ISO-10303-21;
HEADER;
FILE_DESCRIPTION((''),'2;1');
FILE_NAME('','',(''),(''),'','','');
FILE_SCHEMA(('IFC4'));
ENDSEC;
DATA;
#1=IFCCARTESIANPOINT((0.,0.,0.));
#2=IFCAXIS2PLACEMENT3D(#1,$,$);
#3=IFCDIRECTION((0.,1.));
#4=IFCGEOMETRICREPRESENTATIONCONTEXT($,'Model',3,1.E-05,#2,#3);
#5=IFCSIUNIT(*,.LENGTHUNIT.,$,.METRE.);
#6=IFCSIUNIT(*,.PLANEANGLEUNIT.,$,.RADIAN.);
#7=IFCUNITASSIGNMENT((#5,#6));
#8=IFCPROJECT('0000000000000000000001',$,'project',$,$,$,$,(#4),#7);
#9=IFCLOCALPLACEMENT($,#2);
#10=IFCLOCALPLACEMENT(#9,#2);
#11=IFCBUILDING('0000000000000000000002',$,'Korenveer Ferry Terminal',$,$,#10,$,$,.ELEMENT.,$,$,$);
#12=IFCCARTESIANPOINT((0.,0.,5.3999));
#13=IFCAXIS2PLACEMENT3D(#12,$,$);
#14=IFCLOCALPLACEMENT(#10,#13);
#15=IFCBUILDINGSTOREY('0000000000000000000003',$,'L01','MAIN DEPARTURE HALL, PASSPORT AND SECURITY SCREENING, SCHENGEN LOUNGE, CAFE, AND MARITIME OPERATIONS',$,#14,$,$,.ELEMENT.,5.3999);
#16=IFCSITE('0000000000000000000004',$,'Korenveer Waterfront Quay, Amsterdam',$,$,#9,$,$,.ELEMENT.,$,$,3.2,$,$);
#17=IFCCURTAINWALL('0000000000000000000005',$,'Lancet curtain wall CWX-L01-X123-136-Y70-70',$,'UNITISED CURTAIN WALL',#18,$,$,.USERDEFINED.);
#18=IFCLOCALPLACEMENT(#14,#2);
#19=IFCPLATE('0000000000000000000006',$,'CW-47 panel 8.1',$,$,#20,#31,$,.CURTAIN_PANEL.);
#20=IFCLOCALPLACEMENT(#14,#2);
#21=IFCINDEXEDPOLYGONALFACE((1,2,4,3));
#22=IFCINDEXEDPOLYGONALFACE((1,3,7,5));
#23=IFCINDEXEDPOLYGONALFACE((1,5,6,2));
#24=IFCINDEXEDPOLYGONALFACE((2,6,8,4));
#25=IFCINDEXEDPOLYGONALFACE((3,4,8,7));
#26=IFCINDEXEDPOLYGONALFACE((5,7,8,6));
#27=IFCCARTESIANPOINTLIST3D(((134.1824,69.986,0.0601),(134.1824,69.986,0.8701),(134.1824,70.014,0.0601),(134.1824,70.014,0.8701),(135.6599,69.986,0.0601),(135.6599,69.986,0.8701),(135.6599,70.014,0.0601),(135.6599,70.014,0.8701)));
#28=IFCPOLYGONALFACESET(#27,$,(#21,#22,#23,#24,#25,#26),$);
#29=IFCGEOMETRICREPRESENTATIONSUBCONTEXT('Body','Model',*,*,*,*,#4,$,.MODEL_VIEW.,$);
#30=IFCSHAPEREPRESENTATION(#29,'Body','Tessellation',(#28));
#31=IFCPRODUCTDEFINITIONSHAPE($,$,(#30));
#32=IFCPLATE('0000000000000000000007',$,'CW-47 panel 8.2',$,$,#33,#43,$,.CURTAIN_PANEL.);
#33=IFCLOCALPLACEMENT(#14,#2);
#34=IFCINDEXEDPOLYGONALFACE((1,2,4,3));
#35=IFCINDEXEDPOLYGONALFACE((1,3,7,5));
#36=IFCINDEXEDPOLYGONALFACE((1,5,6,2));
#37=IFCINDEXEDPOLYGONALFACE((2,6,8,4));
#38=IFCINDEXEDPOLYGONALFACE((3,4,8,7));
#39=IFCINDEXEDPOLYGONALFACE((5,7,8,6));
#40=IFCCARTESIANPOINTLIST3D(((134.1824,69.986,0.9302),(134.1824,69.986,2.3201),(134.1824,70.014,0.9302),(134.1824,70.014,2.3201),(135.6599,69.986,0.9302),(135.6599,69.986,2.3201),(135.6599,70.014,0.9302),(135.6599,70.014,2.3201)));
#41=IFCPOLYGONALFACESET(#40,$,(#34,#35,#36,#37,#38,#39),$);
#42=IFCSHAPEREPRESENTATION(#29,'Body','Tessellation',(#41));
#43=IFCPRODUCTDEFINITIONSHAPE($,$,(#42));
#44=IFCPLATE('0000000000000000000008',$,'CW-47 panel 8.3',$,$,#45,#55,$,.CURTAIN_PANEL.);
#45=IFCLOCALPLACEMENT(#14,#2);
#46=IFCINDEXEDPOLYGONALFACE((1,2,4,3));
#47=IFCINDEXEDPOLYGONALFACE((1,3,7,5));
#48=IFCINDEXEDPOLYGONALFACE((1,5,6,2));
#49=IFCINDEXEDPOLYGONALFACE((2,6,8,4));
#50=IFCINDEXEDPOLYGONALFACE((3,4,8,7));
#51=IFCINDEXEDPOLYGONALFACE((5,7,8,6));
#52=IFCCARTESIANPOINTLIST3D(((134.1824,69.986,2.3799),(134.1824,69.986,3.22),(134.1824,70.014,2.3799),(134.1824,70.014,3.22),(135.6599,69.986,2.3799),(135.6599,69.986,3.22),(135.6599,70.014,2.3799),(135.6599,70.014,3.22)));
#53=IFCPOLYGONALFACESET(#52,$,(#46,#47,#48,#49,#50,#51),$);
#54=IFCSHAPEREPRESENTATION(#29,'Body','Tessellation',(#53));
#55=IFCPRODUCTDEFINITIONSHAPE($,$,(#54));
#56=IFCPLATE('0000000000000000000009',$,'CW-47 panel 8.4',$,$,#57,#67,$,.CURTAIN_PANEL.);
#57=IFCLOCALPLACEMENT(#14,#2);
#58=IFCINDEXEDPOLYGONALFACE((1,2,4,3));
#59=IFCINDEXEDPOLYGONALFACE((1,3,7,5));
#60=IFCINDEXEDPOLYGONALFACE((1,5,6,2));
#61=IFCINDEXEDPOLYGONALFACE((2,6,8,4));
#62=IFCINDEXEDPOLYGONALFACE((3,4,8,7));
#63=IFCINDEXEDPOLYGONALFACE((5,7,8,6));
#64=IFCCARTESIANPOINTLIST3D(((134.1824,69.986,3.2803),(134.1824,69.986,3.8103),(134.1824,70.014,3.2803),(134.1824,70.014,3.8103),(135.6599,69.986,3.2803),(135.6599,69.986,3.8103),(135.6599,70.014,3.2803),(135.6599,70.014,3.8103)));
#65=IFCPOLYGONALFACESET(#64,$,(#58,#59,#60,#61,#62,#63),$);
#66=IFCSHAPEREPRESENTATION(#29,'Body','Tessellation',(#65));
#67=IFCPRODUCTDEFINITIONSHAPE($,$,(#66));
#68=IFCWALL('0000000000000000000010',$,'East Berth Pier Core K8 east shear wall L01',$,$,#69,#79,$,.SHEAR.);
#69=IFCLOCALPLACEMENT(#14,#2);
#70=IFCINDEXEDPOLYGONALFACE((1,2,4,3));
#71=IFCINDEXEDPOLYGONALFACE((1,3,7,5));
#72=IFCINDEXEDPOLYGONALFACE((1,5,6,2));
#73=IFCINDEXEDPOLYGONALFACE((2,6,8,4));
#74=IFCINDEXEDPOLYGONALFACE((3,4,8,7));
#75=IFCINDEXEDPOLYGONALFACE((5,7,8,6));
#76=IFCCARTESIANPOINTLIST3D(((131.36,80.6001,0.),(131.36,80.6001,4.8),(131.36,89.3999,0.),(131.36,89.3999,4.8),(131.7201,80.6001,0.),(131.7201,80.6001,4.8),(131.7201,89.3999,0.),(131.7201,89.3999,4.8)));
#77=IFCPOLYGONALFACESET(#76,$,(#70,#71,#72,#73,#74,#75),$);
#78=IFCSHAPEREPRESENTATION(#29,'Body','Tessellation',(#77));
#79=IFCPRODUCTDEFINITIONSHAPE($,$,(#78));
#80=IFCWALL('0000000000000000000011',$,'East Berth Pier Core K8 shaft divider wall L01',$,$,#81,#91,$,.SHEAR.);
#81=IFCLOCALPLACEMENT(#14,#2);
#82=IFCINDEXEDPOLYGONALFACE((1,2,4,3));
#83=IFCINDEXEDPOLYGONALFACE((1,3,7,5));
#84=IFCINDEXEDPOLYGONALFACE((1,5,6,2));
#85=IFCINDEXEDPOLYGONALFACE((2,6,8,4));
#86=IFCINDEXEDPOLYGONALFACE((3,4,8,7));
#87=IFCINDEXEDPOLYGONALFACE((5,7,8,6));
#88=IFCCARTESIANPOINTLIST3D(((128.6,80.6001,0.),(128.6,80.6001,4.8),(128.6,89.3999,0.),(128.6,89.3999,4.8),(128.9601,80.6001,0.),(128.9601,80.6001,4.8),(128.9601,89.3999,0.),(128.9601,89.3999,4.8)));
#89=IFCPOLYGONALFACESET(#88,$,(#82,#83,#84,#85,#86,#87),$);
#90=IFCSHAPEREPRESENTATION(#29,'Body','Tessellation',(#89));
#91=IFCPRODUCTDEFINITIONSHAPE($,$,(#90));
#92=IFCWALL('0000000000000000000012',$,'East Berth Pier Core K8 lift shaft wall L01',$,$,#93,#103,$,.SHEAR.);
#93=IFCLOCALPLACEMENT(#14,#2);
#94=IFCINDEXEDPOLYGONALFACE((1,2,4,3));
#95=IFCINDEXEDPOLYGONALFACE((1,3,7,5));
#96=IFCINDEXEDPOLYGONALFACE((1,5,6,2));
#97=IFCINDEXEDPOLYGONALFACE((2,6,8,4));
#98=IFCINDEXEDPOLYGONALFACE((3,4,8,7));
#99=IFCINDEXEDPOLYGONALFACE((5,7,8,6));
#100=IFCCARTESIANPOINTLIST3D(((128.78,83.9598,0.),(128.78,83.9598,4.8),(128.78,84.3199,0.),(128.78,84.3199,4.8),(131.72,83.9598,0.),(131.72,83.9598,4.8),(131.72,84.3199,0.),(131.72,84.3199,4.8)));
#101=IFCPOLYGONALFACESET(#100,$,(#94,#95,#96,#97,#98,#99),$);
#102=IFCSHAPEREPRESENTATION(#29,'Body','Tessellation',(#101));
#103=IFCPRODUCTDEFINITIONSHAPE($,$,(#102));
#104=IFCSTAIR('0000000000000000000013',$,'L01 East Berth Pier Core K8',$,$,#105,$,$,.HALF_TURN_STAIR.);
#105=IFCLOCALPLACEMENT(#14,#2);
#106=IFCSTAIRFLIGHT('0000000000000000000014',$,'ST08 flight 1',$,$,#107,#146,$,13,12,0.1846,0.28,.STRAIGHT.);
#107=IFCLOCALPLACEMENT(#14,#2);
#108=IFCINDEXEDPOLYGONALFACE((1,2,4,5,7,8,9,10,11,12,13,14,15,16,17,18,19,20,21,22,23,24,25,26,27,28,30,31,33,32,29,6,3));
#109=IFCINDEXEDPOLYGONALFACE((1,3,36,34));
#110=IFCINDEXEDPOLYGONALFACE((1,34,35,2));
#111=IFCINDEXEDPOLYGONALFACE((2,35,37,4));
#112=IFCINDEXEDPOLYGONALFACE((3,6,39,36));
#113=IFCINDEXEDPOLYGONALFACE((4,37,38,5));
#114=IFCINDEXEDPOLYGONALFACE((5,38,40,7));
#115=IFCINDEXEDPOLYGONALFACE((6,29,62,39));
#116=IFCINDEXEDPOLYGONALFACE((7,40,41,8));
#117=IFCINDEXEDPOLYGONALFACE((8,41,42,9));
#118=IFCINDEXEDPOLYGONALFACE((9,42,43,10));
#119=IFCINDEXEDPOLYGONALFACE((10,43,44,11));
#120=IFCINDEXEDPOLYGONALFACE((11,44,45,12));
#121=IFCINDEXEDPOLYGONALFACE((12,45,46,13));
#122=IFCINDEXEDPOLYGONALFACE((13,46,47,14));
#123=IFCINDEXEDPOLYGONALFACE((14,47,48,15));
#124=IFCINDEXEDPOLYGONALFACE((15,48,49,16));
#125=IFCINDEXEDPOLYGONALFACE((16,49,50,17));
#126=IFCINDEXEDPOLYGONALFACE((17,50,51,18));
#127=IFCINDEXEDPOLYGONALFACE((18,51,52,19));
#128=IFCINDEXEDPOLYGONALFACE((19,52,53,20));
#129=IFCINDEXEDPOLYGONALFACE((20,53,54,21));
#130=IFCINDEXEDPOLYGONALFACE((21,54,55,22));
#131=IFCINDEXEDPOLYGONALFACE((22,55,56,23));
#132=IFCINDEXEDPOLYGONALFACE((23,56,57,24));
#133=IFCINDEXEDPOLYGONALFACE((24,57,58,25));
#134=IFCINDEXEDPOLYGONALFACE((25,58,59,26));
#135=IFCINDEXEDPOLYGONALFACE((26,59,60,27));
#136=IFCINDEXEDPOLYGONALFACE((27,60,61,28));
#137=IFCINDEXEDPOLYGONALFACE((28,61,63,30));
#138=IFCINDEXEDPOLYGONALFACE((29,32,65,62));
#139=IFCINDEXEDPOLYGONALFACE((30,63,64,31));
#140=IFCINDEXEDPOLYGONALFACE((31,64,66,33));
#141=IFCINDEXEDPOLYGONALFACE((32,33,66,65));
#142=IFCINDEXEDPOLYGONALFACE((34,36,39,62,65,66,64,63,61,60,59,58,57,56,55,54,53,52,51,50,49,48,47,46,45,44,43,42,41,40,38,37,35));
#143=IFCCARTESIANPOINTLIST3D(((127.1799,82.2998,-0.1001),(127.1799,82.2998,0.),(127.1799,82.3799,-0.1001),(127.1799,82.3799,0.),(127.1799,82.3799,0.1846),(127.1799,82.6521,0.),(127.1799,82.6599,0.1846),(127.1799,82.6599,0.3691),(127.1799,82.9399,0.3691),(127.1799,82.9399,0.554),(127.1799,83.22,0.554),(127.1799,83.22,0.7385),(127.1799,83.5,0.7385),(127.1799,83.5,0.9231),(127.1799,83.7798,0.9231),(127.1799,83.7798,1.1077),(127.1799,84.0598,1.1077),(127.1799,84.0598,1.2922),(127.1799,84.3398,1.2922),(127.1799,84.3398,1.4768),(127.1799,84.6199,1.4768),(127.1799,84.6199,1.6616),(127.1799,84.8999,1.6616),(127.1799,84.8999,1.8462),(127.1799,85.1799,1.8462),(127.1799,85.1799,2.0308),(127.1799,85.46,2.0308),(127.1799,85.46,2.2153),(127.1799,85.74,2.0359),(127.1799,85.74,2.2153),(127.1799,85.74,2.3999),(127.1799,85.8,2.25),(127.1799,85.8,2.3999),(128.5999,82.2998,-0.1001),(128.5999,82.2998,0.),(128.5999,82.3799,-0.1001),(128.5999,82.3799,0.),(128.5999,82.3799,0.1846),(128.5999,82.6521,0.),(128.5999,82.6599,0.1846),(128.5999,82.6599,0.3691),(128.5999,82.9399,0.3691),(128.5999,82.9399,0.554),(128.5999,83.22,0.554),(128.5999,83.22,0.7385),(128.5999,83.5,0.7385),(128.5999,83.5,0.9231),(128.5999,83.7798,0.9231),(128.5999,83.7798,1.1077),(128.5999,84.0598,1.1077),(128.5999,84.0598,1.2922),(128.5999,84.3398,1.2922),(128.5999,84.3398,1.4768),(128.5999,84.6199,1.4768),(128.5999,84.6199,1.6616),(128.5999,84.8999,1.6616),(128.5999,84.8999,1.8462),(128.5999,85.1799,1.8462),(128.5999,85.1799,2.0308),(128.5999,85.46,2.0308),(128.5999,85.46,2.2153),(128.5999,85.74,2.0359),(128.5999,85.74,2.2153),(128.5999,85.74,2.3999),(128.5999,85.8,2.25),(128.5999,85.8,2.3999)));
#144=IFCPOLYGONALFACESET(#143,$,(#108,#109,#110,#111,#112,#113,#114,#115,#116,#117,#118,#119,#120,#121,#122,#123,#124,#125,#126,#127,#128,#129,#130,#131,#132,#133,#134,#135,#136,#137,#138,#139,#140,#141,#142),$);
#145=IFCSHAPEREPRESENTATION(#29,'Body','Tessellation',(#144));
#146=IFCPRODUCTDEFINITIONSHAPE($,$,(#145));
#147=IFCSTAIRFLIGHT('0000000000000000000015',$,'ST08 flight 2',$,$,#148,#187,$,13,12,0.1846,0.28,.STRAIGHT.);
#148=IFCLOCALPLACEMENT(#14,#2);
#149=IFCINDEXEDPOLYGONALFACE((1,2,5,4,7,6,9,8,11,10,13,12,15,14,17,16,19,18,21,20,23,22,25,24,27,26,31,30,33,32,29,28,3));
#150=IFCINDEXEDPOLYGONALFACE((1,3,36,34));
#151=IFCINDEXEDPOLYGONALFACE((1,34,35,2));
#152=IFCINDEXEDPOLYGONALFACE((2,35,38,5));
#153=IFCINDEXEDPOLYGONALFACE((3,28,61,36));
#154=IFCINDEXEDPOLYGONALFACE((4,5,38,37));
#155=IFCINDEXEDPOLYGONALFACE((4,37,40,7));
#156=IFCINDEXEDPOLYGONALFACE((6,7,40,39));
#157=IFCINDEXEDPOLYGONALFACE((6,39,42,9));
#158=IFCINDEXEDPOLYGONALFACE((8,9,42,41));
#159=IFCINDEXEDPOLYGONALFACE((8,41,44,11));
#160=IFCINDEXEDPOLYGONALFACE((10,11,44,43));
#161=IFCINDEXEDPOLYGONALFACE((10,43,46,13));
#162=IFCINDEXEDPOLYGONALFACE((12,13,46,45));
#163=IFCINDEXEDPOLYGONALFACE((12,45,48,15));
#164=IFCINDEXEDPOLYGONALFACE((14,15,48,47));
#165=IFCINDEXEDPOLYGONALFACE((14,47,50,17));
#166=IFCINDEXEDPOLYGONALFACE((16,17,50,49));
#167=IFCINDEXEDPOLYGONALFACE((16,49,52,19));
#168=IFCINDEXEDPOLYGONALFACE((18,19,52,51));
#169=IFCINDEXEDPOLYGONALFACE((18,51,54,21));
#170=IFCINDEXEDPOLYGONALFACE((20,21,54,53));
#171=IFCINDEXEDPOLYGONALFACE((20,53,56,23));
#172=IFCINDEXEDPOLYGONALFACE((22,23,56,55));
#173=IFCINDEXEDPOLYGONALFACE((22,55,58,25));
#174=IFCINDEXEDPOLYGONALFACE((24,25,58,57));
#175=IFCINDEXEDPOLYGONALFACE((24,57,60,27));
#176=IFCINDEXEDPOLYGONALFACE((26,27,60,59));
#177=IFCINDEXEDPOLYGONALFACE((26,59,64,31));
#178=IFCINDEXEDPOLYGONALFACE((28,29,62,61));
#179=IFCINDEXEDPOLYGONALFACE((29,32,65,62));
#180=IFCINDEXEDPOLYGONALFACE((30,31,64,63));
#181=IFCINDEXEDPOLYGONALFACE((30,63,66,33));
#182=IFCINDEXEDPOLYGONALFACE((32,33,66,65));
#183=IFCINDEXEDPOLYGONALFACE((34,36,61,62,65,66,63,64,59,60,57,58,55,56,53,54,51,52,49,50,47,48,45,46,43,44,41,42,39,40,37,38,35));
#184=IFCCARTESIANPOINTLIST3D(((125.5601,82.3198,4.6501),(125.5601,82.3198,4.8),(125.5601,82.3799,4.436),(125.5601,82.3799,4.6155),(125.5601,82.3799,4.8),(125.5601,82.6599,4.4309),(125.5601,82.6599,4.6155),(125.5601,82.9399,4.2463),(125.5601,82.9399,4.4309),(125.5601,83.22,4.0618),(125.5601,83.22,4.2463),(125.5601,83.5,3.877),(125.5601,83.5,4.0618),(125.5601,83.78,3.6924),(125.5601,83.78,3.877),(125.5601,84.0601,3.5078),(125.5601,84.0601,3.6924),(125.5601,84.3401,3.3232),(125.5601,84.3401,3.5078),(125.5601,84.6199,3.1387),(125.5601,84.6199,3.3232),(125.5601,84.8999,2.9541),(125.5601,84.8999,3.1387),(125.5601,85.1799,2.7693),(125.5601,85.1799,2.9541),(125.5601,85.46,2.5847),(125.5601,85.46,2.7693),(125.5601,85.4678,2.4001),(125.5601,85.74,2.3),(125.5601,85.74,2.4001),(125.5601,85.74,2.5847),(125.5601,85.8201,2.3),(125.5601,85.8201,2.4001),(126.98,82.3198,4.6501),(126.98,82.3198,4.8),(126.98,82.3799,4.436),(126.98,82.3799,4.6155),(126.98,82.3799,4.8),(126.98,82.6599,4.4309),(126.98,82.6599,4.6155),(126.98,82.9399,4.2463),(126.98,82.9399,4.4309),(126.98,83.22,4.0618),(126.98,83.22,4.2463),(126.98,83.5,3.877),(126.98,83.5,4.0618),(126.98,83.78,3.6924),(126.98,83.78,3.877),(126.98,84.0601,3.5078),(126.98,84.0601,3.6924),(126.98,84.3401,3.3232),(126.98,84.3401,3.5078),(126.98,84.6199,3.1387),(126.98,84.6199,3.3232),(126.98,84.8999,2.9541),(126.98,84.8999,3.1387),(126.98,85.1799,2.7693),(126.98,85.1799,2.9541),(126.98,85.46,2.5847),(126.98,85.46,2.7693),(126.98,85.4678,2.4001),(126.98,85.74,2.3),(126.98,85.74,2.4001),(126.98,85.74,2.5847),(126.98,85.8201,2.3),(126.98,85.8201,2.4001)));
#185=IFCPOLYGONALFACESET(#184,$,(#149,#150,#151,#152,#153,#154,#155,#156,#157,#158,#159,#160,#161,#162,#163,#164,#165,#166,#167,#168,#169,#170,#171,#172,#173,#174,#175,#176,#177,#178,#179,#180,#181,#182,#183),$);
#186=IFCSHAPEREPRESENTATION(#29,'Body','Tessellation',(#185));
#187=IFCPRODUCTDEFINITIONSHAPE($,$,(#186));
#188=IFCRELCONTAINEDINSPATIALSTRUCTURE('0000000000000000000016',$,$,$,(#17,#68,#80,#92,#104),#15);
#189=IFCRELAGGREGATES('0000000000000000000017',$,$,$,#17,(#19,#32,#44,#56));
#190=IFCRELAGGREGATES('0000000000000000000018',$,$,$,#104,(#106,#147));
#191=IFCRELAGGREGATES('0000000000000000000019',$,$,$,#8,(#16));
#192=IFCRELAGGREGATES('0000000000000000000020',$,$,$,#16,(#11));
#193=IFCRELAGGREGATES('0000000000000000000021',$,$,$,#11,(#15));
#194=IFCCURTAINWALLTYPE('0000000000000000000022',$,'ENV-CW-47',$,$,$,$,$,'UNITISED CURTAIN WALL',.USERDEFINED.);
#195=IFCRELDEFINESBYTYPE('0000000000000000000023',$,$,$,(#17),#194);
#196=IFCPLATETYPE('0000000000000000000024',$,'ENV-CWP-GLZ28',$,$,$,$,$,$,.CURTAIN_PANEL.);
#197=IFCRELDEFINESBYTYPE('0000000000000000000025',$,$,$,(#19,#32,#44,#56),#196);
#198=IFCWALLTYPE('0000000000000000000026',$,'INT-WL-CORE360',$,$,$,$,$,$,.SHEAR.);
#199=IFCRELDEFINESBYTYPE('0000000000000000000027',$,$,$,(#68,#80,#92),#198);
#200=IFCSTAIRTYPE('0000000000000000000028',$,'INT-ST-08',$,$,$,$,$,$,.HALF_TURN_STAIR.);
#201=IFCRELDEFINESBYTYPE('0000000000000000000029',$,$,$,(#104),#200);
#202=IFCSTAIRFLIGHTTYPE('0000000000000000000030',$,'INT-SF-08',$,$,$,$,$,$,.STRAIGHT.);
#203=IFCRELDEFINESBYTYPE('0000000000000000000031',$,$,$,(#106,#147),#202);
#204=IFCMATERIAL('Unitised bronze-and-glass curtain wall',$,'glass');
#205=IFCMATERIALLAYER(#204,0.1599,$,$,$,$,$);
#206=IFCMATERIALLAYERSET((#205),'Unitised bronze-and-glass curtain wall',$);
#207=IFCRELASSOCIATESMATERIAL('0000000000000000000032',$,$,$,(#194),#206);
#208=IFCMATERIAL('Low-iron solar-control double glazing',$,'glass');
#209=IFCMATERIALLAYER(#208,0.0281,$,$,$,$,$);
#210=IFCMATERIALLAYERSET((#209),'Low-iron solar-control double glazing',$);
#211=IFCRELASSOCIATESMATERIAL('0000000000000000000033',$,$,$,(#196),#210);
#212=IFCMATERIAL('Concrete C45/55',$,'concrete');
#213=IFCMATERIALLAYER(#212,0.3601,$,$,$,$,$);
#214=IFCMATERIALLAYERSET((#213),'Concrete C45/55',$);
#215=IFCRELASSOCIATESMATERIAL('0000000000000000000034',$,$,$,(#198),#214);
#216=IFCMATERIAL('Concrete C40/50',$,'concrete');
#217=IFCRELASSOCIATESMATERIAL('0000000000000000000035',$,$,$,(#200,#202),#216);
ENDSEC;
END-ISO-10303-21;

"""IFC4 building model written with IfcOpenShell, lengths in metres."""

from ifc_helpers import new_model, si_unit, direction, frame, frame_2d, origin, origin_2d, place, context, subcontext, project, spatial, polyline, rectangle, outline, extrude, material, layer, layer_set, type_object, element, aggregate, save


model = new_model("IFC4")

# Units and contexts
model_context = context("Model", 3, precision=1e-05, world=origin(), true_north=direction((0.0, 1.0)))
body_context = subcontext(model_context, "Body", "Model", "MODEL_VIEW")
ifc_project = project(units=[si_unit("LENGTHUNIT", "METRE"), si_unit("PLANEANGLEUNIT", "RADIAN")], contexts=[model_context])

# Site, building, storey
site_placement = place(None, origin())
site = spatial("IfcSite", under=ifc_project, at=site_placement, Name="Korenveer Waterfront Quay, Amsterdam", CompositionType="ELEMENT", RefElevation=3.2)
building_placement = place(site_placement, origin())
building = spatial("IfcBuilding", under=site, at=building_placement, Name="Korenveer Ferry Terminal", CompositionType="ELEMENT")
storey_placement = place(building_placement, frame((0.0, 0.0, 5.3999)))
storey = spatial("IfcBuildingStorey", under=building, at=storey_placement, Name="L01", Description="MAIN DEPARTURE HALL, PASSPORT AND SECURITY SCREENING, SCHENGEN LOUNGE, CAFE, AND MARITIME OPERATIONS", CompositionType="ELEMENT", Elevation=5.3999)

# Curtain wall
ifc_material_1 = material(Name="Unitised bronze-and-glass curtain wall", Category="glass")
ifc_layer_1 = layer(ifc_material_1, 0.1599)
ifc_layer_set_1 = layer_set([ifc_layer_1], Name="Unitised bronze-and-glass curtain wall")
curtain_wall_type = type_object("IfcCurtainWallType", Name="ENV-CW-47", ElementType="UNITISED CURTAIN WALL", PredefinedType="USERDEFINED", material=ifc_layer_set_1)
curtain_wall_placement = place(storey_placement, frame((123.1799, 70.0, 0.0)))
curtain_wall = element("IfcCurtainWall", 1, at=curtain_wall_placement, inside=storey, type_object=curtain_wall_type, Name="Lancet curtain wall CWX-L01-X123-136-Y70-70", ObjectType="UNITISED CURTAIN WALL", PredefinedType="USERDEFINED")

# Plates
ifc_material_2 = material(Name="Low-iron solar-control double glazing", Category="glass")
ifc_layer_2 = layer(ifc_material_2, 0.0281)
ifc_layer_set_2 = layer_set([ifc_layer_2], Name="Low-iron solar-control double glazing")
plate_type = type_object("IfcPlateType", Name="ENV-CWP-GLZ28", PredefinedType="CURTAIN_PANEL", material=ifc_layer_set_2)
plate_1_placement = place(storey_placement, frame((134.9211, 70.0, 0.0601), z_axis=(0.0, 0.0, 1.0), x_axis=(1.0, 0.0, 0.0)))
plate_1 = element("IfcPlate", 2, at=plate_1_placement, type_object=plate_type, Name="CW-47 panel 8.1", PredefinedType="CURTAIN_PANEL", context=body_context, shape_type="SweptSolid", body=[
    extrude(rectangle(XDim=1.4775, YDim=0.0281, at=origin_2d()), origin(), (0.0, 0.0, 1.0), 0.8101),
])
plate_2_placement = place(storey_placement, frame((134.9211, 70.0, 0.9302), z_axis=(0.0, 0.0, 1.0), x_axis=(1.0, 0.0, 0.0)))
plate_2 = element("IfcPlate", 3, at=plate_2_placement, type_object=plate_type, Name="CW-47 panel 8.2", PredefinedType="CURTAIN_PANEL", context=body_context, shape_type="SweptSolid", body=[
    extrude(rectangle(XDim=1.4775, YDim=0.0281, at=origin_2d()), origin(), (0.0, 0.0, 1.0), 1.3899),
])
plate_3_placement = place(storey_placement, frame((134.9211, 70.0, 2.3799), z_axis=(0.0, 0.0, 1.0), x_axis=(1.0, 0.0, 0.0)))
plate_3 = element("IfcPlate", 4, at=plate_3_placement, type_object=plate_type, Name="CW-47 panel 8.3", PredefinedType="CURTAIN_PANEL", context=body_context, shape_type="SweptSolid", body=[
    extrude(rectangle(XDim=1.4775, YDim=0.0281, at=origin_2d()), origin(), (0.0, 0.0, 1.0), 0.8401),
])
plate_4_placement = place(storey_placement, frame((134.9211, 70.0, 3.2803), z_axis=(0.0, 0.0, 1.0), x_axis=(1.0, 0.0, 0.0)))
plate_4 = element("IfcPlate", 5, at=plate_4_placement, type_object=plate_type, Name="CW-47 panel 8.4", PredefinedType="CURTAIN_PANEL", context=body_context, shape_type="SweptSolid", body=[
    extrude(rectangle(XDim=1.4775, YDim=0.0281, at=origin_2d()), origin(), (0.0, 0.0, 1.0), 0.53),
])
aggregate(curtain_wall, [plate_1, plate_2, plate_3, plate_4])

# Walls
ifc_material_3 = material(Name="Concrete C45/55", Category="concrete")
ifc_layer_3 = layer(ifc_material_3, 0.3601)
ifc_layer_set_3 = layer_set([ifc_layer_3], Name="Concrete C45/55")
wall_type = type_object("IfcWallType", Name="INT-WL-CORE360", PredefinedType="SHEAR", material=ifc_layer_set_3)
for number, where, z_axis, x_axis, name in (
    (6, (131.54, 80.6001, 0.0), (0.0, 0.0, 1.0), (0.0, 1.0, 0.0), "East Berth Pier Core K8 east shear wall L01"),
    (7, (128.78, 80.6001, 0.0), (0.0, 0.0, 1.0), (0.0, 1.0, 0.0), "East Berth Pier Core K8 shaft divider wall L01"),
):
    element("IfcWall", number, at=place(storey_placement, frame(where, z_axis=z_axis, x_axis=x_axis)), inside=storey, type_object=wall_type, Name=name, PredefinedType="SHEAR", context=body_context, shape_type="SweptSolid", body=[
        extrude(rectangle(XDim=8.7998, YDim=0.3601, at=frame_2d((4.3999, 0.0))), origin(), (0.0, 0.0, 1.0), 4.8),
    ])
wall_placement = place(storey_placement, frame((128.78, 84.1399, 0.0), z_axis=(0.0, 0.0, 1.0), x_axis=(1.0, 0.0, 0.0)))
element("IfcWall", 8, at=wall_placement, inside=storey, type_object=wall_type, Name="East Berth Pier Core K8 lift shaft wall L01", PredefinedType="SHEAR", context=body_context, shape_type="SweptSolid", body=[
    extrude(rectangle(XDim=2.9399, YDim=0.3601, at=frame_2d((1.47, 0.0))), origin(), (0.0, 0.0, 1.0), 4.8),
])

# Stair, stair flights
ifc_material_4 = material(Name="Concrete C40/50", Category="concrete")
stair_type = type_object("IfcStairType", Name="INT-ST-08", PredefinedType="HALF_TURN_STAIR", material=ifc_material_4)
stair_placement = place(storey_placement, frame((127.8899, 82.3799, 0.0)))
stair = element("IfcStair", 9, at=stair_placement, inside=storey, type_object=stair_type, Name="L01 East Berth Pier Core K8", PredefinedType="HALF_TURN_STAIR")
stair_flight_type = type_object("IfcStairFlightType", Name="INT-SF-08", PredefinedType="STRAIGHT", material=ifc_material_4)
stair_flight_1_placement = place(storey_placement, frame((127.8899, 82.3799, 0.0), z_axis=(0.0, 0.0, 1.0), x_axis=(0.0, 1.0, 0.0)))
stair_flight_1 = element("IfcStairFlight", 10, at=stair_flight_1_placement, type_object=stair_flight_type, Name="ST08 flight 1", NumberOfRisers=13, NumberOfTreads=12, PredefinedType="STRAIGHT", RiserHeight=0.1846, TreadLength=0.28, context=body_context, shape_type="SweptSolid", body=[
    extrude(outline(polyline([(-0.0801, 0.0), (0.0, 0.0), (0.0, 0.1846), (0.28, 0.1846), (0.28, 0.3691), (0.5601, 0.3691), (0.5601, 0.554), (0.8401, 0.554), (0.8401, 0.7385), (1.1201, 0.7385), (1.1201, 0.9231), (1.3999, 0.9231), (1.3999, 1.1077), (1.6799, 1.1077), (1.6799, 1.2922), (1.96, 1.2922), (1.96, 1.4768), (2.24, 1.4768), (2.24, 1.6616), (2.52, 1.6616), (2.52, 1.8462), (2.8, 1.8462), (2.8, 2.0308), (3.0801, 2.0308), (3.0801, 2.2153), (3.3601, 2.2153), (3.3601, 2.3999), (3.4202, 2.3999), (3.4202, 2.25), (3.3601, 2.0359), (0.2722, 0.0), (0.0, -0.1001), (-0.0801, -0.1001), (-0.0801, 0.0)])), frame((0.0, 0.71, 0.0), z_axis=(0.0, -1.0, 0.0), x_axis=(1.0, 0.0, 0.0)), (0.0, 0.0, 1.0), 1.4199),
])
stair_flight_2_placement = place(storey_placement, frame((126.27, 85.74, 2.4001), z_axis=(0.0, 0.0, 1.0), x_axis=(0.0, -1.0, 0.0)))
stair_flight_2 = element("IfcStairFlight", 11, at=stair_flight_2_placement, type_object=stair_flight_type, Name="ST08 flight 2", NumberOfRisers=13, NumberOfTreads=12, PredefinedType="STRAIGHT", RiserHeight=0.1846, TreadLength=0.28, context=body_context, shape_type="SweptSolid", body=[
    extrude(outline(polyline([(-0.0801, 0.0), (0.0, 0.0), (0.0, 0.1846), (0.28, 0.1846), (0.28, 0.3691), (0.5601, 0.3691), (0.5601, 0.554), (0.8401, 0.554), (0.8401, 0.7385), (1.1201, 0.7385), (1.1201, 0.9231), (1.3999, 0.9231), (1.3999, 1.1077), (1.6799, 1.1077), (1.6799, 1.2922), (1.96, 1.2922), (1.96, 1.4768), (2.24, 1.4768), (2.24, 1.6616), (2.52, 1.6616), (2.52, 1.8462), (2.8, 1.8462), (2.8, 2.0308), (3.0801, 2.0308), (3.0801, 2.2153), (3.3601, 2.2153), (3.3601, 2.3999), (3.4202, 2.3999), (3.4202, 2.25), (3.3601, 2.0359), (0.2722, 0.0), (0.0, -0.1001), (-0.0801, -0.1001), (-0.0801, 0.0)])), frame((0.0, 0.71, 0.0), z_axis=(0.0, -1.0, 0.0), x_axis=(1.0, 0.0, 0.0)), (0.0, 0.0, 1.0), 1.4199),
])
aggregate(stair, [stair_flight_1, stair_flight_2])

save(model, "model.ifc")
